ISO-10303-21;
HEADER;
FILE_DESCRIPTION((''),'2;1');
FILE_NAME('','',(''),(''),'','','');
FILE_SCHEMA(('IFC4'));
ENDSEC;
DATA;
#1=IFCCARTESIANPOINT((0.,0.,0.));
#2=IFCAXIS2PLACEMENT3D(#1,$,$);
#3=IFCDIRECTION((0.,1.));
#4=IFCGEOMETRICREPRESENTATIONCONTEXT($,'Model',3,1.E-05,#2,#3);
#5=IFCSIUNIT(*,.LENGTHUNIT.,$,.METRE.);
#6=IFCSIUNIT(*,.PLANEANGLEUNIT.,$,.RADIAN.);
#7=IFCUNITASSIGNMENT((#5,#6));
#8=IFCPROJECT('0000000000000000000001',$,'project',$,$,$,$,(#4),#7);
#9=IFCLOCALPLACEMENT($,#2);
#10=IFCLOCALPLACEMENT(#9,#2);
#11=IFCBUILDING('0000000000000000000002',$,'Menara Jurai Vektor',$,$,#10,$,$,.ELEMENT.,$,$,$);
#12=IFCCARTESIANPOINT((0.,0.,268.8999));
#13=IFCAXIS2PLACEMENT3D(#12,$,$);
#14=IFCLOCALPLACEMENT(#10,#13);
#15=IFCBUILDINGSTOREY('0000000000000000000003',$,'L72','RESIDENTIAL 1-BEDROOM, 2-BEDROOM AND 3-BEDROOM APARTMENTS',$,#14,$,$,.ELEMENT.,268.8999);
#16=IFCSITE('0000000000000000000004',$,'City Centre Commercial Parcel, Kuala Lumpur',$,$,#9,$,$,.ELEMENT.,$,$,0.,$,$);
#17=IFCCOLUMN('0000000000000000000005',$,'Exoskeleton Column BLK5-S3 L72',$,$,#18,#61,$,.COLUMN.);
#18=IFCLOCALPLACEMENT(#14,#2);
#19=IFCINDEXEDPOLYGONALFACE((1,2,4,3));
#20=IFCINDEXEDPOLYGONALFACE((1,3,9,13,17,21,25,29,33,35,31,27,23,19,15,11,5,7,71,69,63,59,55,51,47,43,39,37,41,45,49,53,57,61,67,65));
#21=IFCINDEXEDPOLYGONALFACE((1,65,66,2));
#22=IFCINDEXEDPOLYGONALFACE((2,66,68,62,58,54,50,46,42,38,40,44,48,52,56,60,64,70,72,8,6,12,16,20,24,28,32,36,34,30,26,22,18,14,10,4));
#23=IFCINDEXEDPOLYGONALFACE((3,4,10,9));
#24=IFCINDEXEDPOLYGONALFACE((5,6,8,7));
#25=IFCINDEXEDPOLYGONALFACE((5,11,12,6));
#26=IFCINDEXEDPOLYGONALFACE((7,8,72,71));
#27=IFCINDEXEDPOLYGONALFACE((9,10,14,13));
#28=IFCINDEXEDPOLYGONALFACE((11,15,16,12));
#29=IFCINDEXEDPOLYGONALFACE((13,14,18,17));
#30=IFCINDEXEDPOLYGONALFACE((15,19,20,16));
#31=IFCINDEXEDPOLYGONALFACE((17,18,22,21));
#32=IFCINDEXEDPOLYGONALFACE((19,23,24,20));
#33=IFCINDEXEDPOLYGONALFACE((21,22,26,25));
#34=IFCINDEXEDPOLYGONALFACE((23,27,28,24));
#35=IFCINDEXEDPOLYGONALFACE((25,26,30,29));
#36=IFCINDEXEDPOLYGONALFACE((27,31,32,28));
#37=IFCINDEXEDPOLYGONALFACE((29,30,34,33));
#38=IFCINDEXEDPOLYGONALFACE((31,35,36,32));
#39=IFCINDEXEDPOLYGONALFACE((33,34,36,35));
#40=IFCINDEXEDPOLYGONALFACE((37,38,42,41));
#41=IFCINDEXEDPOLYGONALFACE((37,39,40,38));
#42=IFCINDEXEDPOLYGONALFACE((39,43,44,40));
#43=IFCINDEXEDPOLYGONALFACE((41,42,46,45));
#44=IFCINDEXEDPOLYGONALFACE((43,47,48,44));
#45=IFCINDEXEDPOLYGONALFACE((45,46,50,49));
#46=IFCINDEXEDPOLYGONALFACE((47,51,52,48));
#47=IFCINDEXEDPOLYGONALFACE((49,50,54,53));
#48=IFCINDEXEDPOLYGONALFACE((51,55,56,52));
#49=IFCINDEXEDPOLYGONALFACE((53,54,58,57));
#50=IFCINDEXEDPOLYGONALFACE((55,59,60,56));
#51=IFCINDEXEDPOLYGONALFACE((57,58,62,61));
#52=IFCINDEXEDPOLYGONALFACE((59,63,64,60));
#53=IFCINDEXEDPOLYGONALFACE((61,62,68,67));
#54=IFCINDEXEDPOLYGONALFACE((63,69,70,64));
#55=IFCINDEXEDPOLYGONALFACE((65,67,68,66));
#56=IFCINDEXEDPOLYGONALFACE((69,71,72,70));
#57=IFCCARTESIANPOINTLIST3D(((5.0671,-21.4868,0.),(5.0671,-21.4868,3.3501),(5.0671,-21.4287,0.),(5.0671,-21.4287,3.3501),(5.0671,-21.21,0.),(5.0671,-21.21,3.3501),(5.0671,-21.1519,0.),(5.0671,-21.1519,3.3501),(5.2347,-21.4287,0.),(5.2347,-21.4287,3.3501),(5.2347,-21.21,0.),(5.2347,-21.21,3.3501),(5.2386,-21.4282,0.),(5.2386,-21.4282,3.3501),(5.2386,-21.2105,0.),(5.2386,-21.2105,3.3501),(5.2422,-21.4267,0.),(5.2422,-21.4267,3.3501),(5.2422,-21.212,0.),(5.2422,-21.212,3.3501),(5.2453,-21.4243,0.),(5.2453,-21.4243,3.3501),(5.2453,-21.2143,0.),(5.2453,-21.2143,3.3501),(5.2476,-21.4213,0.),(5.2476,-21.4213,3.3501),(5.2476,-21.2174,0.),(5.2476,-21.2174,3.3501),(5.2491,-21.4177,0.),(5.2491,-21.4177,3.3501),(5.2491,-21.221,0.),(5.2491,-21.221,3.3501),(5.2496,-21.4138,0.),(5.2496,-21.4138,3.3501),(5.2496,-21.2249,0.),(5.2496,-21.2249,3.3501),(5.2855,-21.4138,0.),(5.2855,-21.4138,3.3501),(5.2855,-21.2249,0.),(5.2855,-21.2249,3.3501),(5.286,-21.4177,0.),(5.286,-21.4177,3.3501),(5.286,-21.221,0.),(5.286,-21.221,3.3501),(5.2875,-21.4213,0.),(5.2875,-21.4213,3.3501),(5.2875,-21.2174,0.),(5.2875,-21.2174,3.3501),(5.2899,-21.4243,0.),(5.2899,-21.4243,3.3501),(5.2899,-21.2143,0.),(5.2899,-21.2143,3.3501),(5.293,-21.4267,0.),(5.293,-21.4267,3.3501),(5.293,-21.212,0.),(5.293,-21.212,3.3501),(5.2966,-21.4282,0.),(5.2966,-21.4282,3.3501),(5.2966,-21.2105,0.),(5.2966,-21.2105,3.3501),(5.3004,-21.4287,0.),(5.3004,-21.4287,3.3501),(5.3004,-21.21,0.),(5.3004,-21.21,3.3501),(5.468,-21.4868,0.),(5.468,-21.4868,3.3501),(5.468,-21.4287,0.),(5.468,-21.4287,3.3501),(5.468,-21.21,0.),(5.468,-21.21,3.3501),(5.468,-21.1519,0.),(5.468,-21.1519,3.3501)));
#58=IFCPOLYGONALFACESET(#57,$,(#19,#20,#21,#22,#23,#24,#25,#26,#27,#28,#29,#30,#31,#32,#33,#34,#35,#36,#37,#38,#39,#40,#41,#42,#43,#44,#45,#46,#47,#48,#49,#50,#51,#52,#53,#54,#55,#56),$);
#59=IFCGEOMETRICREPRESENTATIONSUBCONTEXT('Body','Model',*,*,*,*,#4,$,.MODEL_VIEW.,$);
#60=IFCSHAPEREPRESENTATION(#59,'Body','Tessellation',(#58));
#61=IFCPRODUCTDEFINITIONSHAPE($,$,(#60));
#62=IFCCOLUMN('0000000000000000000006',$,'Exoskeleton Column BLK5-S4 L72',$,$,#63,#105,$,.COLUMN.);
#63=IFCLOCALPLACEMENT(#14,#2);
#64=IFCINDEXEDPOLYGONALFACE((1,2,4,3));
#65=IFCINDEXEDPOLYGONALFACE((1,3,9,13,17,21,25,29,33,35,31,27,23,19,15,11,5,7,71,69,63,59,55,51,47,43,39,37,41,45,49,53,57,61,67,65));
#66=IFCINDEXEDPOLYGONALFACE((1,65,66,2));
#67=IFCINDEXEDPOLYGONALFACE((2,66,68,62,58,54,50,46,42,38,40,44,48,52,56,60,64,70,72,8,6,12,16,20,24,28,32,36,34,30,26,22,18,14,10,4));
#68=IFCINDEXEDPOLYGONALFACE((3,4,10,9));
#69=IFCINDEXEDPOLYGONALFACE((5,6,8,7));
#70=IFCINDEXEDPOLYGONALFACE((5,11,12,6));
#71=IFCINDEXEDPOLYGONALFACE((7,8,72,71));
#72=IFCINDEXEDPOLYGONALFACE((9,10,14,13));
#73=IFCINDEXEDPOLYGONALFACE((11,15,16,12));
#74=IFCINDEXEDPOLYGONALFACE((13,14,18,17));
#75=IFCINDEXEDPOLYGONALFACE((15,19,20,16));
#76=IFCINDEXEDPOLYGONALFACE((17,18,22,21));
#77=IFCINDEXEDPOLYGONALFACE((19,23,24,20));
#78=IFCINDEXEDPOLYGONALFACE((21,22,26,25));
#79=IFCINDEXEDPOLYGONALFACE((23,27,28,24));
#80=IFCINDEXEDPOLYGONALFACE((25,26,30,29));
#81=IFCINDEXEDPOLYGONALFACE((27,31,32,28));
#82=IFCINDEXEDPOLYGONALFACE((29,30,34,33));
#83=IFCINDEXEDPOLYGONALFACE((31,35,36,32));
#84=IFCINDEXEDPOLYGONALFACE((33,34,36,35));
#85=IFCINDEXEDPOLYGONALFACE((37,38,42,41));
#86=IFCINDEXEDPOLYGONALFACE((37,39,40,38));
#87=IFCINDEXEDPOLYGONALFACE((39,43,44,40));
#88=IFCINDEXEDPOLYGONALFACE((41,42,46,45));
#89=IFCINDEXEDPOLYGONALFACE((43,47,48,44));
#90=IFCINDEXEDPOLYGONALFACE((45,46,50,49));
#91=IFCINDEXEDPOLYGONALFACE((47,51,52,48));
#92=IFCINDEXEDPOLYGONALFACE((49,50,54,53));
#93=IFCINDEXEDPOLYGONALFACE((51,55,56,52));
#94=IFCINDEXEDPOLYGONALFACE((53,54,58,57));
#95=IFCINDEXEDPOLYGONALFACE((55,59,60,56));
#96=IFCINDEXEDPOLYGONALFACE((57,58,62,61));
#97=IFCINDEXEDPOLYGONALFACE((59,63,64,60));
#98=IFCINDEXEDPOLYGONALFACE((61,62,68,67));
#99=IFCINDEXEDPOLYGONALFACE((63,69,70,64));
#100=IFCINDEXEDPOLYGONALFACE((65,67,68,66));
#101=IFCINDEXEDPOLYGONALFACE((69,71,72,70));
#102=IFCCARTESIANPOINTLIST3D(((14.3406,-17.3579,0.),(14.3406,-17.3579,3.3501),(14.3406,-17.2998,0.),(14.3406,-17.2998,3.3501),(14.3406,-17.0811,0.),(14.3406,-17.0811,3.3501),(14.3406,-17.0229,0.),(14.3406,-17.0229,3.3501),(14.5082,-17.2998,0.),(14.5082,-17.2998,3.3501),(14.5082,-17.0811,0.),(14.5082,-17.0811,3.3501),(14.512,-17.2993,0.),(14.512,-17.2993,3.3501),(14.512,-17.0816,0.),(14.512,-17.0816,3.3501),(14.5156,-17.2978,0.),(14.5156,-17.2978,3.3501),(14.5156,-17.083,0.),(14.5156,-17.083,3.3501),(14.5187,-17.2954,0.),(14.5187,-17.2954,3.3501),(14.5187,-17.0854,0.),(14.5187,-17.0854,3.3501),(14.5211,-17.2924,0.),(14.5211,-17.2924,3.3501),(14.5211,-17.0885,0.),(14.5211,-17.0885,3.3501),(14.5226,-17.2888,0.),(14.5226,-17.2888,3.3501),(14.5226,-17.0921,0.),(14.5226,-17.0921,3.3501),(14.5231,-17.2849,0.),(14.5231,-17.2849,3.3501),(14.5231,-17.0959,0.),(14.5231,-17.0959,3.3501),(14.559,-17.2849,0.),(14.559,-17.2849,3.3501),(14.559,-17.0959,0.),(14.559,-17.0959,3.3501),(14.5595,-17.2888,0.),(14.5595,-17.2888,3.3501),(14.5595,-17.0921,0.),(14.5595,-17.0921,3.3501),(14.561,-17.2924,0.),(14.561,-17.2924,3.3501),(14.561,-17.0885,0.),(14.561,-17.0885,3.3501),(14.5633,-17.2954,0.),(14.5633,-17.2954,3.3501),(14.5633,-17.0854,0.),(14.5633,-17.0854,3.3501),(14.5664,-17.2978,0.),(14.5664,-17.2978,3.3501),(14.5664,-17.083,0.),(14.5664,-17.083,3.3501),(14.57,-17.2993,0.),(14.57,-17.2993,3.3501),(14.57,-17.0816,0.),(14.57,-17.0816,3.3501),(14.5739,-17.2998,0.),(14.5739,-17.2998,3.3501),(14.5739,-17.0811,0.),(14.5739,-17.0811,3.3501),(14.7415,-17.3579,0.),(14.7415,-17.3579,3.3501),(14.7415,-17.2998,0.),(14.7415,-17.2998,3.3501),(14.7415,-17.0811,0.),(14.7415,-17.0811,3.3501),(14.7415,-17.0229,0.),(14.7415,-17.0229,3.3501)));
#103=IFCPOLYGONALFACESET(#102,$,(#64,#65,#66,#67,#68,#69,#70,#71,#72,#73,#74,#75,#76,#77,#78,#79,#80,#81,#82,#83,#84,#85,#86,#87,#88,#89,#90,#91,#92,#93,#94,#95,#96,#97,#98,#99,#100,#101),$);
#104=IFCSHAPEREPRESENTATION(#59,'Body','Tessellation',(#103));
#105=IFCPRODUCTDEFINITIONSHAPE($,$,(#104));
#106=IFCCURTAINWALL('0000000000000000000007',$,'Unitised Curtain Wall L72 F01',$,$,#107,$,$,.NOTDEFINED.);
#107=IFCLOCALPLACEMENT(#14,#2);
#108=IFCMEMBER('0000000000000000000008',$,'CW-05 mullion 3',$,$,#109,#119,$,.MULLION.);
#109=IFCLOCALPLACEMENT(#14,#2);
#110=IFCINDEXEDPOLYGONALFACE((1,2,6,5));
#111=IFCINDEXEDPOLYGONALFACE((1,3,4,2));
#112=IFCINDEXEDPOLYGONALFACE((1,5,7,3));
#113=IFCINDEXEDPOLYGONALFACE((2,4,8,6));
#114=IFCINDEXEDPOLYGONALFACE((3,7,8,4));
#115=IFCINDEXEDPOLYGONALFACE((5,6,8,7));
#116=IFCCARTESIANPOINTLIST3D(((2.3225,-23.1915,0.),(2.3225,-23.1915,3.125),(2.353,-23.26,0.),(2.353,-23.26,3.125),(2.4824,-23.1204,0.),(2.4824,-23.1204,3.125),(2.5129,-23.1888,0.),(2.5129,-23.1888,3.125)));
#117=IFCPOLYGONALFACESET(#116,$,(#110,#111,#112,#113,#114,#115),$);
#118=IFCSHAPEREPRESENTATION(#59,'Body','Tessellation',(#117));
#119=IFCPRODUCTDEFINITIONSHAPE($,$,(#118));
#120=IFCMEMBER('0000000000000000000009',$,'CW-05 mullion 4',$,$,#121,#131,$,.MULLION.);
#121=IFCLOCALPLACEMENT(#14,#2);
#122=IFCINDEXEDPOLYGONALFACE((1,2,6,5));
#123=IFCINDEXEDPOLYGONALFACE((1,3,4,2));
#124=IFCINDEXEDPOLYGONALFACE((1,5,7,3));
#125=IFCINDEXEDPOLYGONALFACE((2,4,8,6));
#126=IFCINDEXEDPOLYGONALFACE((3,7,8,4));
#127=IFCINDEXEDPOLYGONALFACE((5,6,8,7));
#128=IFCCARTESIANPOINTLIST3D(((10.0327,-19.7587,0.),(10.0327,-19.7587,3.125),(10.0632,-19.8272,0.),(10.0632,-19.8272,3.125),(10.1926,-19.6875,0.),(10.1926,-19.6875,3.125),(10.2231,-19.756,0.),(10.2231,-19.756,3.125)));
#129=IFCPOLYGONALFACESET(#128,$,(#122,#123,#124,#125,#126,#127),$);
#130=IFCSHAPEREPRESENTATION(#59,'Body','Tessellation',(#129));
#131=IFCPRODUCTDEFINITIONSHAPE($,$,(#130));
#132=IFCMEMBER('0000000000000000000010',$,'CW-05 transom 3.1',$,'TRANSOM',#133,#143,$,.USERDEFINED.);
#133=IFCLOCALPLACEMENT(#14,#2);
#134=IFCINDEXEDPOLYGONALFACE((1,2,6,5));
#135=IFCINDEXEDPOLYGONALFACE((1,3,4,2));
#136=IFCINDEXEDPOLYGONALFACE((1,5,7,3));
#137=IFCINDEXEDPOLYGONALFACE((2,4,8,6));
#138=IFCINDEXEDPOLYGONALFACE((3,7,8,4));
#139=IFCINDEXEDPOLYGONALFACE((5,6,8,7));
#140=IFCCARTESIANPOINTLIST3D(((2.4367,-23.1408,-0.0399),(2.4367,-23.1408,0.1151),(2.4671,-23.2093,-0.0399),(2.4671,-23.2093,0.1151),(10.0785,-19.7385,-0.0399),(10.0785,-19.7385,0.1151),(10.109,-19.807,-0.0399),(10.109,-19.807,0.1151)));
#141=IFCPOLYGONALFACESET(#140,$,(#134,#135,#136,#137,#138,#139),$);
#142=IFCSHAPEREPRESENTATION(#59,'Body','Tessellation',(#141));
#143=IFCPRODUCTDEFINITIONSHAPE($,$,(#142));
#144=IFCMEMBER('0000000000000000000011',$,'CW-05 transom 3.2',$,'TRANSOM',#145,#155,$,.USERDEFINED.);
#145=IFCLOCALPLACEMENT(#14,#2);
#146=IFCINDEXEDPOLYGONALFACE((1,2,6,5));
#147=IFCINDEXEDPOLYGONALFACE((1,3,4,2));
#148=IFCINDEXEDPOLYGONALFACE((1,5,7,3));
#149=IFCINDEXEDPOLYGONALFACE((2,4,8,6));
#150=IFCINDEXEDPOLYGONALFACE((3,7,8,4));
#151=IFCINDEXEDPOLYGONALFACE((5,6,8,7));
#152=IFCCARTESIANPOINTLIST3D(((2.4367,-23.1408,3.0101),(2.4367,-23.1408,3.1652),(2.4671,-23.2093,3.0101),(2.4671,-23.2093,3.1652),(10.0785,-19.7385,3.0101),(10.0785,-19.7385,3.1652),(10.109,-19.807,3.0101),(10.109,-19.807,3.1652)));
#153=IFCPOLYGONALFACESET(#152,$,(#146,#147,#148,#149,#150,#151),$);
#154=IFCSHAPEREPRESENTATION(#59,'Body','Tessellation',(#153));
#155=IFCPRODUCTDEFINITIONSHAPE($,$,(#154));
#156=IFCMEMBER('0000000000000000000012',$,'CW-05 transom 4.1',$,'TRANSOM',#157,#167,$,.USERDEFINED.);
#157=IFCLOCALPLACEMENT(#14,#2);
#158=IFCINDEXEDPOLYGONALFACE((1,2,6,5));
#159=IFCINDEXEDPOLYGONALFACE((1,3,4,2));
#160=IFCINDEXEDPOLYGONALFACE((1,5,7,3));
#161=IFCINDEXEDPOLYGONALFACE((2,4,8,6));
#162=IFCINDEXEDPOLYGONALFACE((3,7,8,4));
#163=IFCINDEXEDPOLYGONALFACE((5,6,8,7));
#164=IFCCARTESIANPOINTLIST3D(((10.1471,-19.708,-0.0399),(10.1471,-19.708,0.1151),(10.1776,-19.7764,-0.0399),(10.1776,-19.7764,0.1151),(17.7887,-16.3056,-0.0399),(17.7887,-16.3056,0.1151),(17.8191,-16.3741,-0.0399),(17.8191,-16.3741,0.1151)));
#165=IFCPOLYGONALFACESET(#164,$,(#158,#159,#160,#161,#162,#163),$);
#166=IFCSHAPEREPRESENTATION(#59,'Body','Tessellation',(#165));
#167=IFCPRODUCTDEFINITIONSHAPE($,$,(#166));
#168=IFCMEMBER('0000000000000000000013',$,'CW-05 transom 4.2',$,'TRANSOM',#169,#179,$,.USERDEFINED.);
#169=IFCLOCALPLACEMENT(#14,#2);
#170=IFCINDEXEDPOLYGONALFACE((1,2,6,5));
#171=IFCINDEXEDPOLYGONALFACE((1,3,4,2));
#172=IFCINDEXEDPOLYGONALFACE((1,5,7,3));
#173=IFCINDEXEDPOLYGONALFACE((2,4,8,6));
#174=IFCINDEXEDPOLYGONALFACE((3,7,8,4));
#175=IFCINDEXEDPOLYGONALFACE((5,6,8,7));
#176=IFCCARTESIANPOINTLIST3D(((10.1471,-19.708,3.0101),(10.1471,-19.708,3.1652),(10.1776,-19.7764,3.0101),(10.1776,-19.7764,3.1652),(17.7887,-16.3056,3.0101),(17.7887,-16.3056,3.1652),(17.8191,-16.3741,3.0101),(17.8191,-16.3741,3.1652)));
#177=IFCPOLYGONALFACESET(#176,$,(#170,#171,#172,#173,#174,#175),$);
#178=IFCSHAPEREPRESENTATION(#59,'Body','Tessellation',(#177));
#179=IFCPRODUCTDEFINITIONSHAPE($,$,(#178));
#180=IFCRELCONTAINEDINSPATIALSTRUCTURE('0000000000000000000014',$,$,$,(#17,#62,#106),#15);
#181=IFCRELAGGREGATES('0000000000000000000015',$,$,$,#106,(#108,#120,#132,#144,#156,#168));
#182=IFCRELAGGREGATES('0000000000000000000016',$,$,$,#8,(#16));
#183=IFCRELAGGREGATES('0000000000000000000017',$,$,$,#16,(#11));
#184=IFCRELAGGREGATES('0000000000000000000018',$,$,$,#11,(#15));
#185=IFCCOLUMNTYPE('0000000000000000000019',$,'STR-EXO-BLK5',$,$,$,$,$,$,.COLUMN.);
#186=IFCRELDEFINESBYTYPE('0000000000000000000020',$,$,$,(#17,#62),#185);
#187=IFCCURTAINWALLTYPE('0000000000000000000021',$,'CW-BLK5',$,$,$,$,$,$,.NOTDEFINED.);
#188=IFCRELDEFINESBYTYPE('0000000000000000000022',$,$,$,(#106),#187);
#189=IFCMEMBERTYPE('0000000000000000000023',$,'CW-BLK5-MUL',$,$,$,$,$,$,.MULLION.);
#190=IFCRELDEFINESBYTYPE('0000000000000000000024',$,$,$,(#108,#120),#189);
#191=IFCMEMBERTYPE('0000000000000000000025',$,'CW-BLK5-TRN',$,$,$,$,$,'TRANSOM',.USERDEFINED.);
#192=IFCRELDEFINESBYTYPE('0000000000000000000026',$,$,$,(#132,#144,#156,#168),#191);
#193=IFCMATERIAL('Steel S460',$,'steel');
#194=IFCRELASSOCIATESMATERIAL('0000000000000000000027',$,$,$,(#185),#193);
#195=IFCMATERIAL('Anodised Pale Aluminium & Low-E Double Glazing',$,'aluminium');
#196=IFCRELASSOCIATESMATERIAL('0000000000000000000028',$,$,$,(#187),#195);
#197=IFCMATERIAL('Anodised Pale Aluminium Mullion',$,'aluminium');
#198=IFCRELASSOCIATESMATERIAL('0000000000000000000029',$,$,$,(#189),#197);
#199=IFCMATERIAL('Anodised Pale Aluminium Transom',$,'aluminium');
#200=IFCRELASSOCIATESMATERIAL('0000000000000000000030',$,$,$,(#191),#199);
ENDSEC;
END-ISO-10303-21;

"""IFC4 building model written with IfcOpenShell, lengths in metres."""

from ifc_helpers import new_model, si_unit, direction, frame, origin, origin_2d, place, context, subcontext, project, spatial, rectangle, i_section, extrude, material, material_profile, profile_set, type_object, element, aggregate, save


model = new_model("IFC4")

# Units and contexts
model_context = context("Model", 3, precision=1e-05, world=origin(), true_north=direction((0.0, 1.0)))
body_context = subcontext(model_context, "Body", "Model", "MODEL_VIEW")
ifc_project = project(units=[si_unit("LENGTHUNIT", "METRE"), si_unit("PLANEANGLEUNIT", "RADIAN")], contexts=[model_context])

# Site, building, storey
site_placement = place(None, origin())
site = spatial("IfcSite", under=ifc_project, at=site_placement, Name="City Centre Commercial Parcel, Kuala Lumpur", CompositionType="ELEMENT", RefElevation=0.0)
building_placement = place(site_placement, origin())
building = spatial("IfcBuilding", under=site, at=building_placement, Name="Menara Jurai Vektor", CompositionType="ELEMENT")
storey_placement = place(building_placement, frame((0.0, 0.0, 268.8999)))
storey = spatial("IfcBuildingStorey", under=building, at=storey_placement, Name="L72", Description="RESIDENTIAL 1-BEDROOM, 2-BEDROOM AND 3-BEDROOM APARTMENTS", CompositionType="ELEMENT", Elevation=268.8999)

# Columns
ifc_material_1 = material(Name="Steel S460", Category="steel")
ifc_material_profile_1 = material_profile(ifc_material_1, i_section(OverallWidth=0.4009, OverallDepth=0.335, WebThickness=0.0359, FlangeThickness=0.0581, FilletRadius=0.0149, at=origin_2d()), Name="HD 400x463")
ifc_profile_set_1 = profile_set([ifc_material_profile_1], Name="Steel S460")
column_type = type_object("IfcColumnType", Name="STR-EXO-BLK5", PredefinedType="COLUMN", material=ifc_profile_set_1)
for number, where, z_axis, x_axis, name in (
    (1, (5.2676, -21.3193, 0.0), (0.0, 0.0, 1.0), (1.0, 0.0, 0.0), "Exoskeleton Column BLK5-S3 L72"),
    (2, (14.541, -17.1904, 0.0), (0.0, 0.0, 1.0), (1.0, 0.0, 0.0), "Exoskeleton Column BLK5-S4 L72"),
):
    element("IfcColumn", number, at=place(storey_placement, frame(where, z_axis=z_axis, x_axis=x_axis)), inside=storey, type_object=column_type, Name=name, PredefinedType="COLUMN", context=body_context, shape_type="SweptSolid", body=[
        extrude(i_section(OverallWidth=0.4009, OverallDepth=0.335, WebThickness=0.0359, FlangeThickness=0.0581, FilletRadius=0.0149, at=origin_2d()), origin(), (0.0, 0.0, 1.0), 3.3501),
    ])

# Curtain wall, members
ifc_material_2 = material(Name="Anodised Pale Aluminium & Low-E Double Glazing", Category="aluminium")
curtain_wall_type = type_object("IfcCurtainWallType", Name="CW-BLK5", PredefinedType="NOTDEFINED", material=ifc_material_2)
curtain_wall_placement = place(storey_placement, origin())
curtain_wall = element("IfcCurtainWall", 3, at=curtain_wall_placement, inside=storey, type_object=curtain_wall_type, Name="Unitised Curtain Wall L72 F01", PredefinedType="NOTDEFINED")
ifc_material_3 = material(Name="Anodised Pale Aluminium Mullion", Category="aluminium")
ifc_material_profile_2 = material_profile(ifc_material_3, rectangle(XDim=0.075, YDim=0.175, at=origin_2d()), Name="ALU MUL 75x175")
ifc_profile_set_2 = profile_set([ifc_material_profile_2], Name="Anodised Pale Aluminium Mullion")
member_type_1 = type_object("IfcMemberType", Name="CW-BLK5-MUL", PredefinedType="MULLION", material=ifc_profile_set_2)
member_1_placement = place(storey_placement, frame((2.4177, -23.1902, 0.0), z_axis=(0.0, 0.0, 1.0), x_axis=(-0.406735, 0.913546, 0.0)))
member_1 = element("IfcMember", 4, at=member_1_placement, type_object=member_type_1, Name="CW-05 mullion 3", PredefinedType="MULLION", context=body_context, shape_type="SweptSolid", body=[
    extrude(rectangle(XDim=0.075, YDim=0.175, at=origin_2d()), origin(), (0.0, 0.0, 1.0), 3.125),
])
member_2_placement = place(storey_placement, frame((10.1279, -19.7573, 0.0), z_axis=(0.0, 0.0, 1.0), x_axis=(-0.406735, 0.913546, 0.0)))
member_2 = element("IfcMember", 5, at=member_2_placement, type_object=member_type_1, Name="CW-05 mullion 4", PredefinedType="MULLION", context=body_context, shape_type="SweptSolid", body=[
    extrude(rectangle(XDim=0.075, YDim=0.175, at=origin_2d()), origin(), (0.0, 0.0, 1.0), 3.125),
])
ifc_material_4 = material(Name="Anodised Pale Aluminium Transom", Category="aluminium")
ifc_material_profile_3 = material_profile(ifc_material_4, rectangle(XDim=0.075, YDim=0.155, at=origin_2d()), Name="ALU TRN 75x155")
ifc_profile_set_3 = profile_set([ifc_material_profile_3], Name="Anodised Pale Aluminium Transom")
member_type_2 = type_object("IfcMemberType", Name="CW-BLK5-TRN", ElementType="TRANSOM", PredefinedType="USERDEFINED", material=ifc_profile_set_3)
member_3_placement = place(storey_placement, frame((2.4519, -23.175, 0.0376), z_axis=(0.913547, 0.406734, 0.0), x_axis=(-0.406734, 0.913547, 0.0)))
member_3 = element("IfcMember", 6, at=member_3_placement, type_object=member_type_2, Name="CW-05 transom 3.1", ObjectType="TRANSOM", PredefinedType="USERDEFINED", context=body_context, shape_type="SweptSolid", body=[
    extrude(rectangle(XDim=0.075, YDim=0.155, at=origin_2d()), origin(), (0.0, 0.0, 1.0), 8.365),
])
member_4_placement = place(storey_placement, frame((2.4519, -23.175, 3.0876), z_axis=(0.913547, 0.406734, 0.0), x_axis=(-0.406734, 0.913547, 0.0)))
member_4 = element("IfcMember", 7, at=member_4_placement, type_object=member_type_2, Name="CW-05 transom 3.2", ObjectType="TRANSOM", PredefinedType="USERDEFINED", context=body_context, shape_type="SweptSolid", body=[
    extrude(rectangle(XDim=0.075, YDim=0.155, at=origin_2d()), origin(), (0.0, 0.0, 1.0), 8.365),
])
member_5_placement = place(storey_placement, frame((10.1624, -19.7422, 0.0376), z_axis=(0.913542, 0.406745, 0.0), x_axis=(-0.406745, 0.913542, 0.0)))
member_5 = element("IfcMember", 8, at=member_5_placement, type_object=member_type_2, Name="CW-05 transom 4.1", ObjectType="TRANSOM", PredefinedType="USERDEFINED", context=body_context, shape_type="SweptSolid", body=[
    extrude(rectangle(XDim=0.075, YDim=0.155, at=origin_2d()), origin(), (0.0, 0.0, 1.0), 8.3647),
])
member_6_placement = place(storey_placement, frame((10.1624, -19.7422, 3.0876), z_axis=(0.913542, 0.406745, 0.0), x_axis=(-0.406745, 0.913542, 0.0)))
member_6 = element("IfcMember", 9, at=member_6_placement, type_object=member_type_2, Name="CW-05 transom 4.2", ObjectType="TRANSOM", PredefinedType="USERDEFINED", context=body_context, shape_type="SweptSolid", body=[
    extrude(rectangle(XDim=0.075, YDim=0.155, at=origin_2d()), origin(), (0.0, 0.0, 1.0), 8.3647),
])

aggregate(curtain_wall, [member_1, member_2, member_3, member_4, member_5, member_6])

save(model, "model.ifc")
